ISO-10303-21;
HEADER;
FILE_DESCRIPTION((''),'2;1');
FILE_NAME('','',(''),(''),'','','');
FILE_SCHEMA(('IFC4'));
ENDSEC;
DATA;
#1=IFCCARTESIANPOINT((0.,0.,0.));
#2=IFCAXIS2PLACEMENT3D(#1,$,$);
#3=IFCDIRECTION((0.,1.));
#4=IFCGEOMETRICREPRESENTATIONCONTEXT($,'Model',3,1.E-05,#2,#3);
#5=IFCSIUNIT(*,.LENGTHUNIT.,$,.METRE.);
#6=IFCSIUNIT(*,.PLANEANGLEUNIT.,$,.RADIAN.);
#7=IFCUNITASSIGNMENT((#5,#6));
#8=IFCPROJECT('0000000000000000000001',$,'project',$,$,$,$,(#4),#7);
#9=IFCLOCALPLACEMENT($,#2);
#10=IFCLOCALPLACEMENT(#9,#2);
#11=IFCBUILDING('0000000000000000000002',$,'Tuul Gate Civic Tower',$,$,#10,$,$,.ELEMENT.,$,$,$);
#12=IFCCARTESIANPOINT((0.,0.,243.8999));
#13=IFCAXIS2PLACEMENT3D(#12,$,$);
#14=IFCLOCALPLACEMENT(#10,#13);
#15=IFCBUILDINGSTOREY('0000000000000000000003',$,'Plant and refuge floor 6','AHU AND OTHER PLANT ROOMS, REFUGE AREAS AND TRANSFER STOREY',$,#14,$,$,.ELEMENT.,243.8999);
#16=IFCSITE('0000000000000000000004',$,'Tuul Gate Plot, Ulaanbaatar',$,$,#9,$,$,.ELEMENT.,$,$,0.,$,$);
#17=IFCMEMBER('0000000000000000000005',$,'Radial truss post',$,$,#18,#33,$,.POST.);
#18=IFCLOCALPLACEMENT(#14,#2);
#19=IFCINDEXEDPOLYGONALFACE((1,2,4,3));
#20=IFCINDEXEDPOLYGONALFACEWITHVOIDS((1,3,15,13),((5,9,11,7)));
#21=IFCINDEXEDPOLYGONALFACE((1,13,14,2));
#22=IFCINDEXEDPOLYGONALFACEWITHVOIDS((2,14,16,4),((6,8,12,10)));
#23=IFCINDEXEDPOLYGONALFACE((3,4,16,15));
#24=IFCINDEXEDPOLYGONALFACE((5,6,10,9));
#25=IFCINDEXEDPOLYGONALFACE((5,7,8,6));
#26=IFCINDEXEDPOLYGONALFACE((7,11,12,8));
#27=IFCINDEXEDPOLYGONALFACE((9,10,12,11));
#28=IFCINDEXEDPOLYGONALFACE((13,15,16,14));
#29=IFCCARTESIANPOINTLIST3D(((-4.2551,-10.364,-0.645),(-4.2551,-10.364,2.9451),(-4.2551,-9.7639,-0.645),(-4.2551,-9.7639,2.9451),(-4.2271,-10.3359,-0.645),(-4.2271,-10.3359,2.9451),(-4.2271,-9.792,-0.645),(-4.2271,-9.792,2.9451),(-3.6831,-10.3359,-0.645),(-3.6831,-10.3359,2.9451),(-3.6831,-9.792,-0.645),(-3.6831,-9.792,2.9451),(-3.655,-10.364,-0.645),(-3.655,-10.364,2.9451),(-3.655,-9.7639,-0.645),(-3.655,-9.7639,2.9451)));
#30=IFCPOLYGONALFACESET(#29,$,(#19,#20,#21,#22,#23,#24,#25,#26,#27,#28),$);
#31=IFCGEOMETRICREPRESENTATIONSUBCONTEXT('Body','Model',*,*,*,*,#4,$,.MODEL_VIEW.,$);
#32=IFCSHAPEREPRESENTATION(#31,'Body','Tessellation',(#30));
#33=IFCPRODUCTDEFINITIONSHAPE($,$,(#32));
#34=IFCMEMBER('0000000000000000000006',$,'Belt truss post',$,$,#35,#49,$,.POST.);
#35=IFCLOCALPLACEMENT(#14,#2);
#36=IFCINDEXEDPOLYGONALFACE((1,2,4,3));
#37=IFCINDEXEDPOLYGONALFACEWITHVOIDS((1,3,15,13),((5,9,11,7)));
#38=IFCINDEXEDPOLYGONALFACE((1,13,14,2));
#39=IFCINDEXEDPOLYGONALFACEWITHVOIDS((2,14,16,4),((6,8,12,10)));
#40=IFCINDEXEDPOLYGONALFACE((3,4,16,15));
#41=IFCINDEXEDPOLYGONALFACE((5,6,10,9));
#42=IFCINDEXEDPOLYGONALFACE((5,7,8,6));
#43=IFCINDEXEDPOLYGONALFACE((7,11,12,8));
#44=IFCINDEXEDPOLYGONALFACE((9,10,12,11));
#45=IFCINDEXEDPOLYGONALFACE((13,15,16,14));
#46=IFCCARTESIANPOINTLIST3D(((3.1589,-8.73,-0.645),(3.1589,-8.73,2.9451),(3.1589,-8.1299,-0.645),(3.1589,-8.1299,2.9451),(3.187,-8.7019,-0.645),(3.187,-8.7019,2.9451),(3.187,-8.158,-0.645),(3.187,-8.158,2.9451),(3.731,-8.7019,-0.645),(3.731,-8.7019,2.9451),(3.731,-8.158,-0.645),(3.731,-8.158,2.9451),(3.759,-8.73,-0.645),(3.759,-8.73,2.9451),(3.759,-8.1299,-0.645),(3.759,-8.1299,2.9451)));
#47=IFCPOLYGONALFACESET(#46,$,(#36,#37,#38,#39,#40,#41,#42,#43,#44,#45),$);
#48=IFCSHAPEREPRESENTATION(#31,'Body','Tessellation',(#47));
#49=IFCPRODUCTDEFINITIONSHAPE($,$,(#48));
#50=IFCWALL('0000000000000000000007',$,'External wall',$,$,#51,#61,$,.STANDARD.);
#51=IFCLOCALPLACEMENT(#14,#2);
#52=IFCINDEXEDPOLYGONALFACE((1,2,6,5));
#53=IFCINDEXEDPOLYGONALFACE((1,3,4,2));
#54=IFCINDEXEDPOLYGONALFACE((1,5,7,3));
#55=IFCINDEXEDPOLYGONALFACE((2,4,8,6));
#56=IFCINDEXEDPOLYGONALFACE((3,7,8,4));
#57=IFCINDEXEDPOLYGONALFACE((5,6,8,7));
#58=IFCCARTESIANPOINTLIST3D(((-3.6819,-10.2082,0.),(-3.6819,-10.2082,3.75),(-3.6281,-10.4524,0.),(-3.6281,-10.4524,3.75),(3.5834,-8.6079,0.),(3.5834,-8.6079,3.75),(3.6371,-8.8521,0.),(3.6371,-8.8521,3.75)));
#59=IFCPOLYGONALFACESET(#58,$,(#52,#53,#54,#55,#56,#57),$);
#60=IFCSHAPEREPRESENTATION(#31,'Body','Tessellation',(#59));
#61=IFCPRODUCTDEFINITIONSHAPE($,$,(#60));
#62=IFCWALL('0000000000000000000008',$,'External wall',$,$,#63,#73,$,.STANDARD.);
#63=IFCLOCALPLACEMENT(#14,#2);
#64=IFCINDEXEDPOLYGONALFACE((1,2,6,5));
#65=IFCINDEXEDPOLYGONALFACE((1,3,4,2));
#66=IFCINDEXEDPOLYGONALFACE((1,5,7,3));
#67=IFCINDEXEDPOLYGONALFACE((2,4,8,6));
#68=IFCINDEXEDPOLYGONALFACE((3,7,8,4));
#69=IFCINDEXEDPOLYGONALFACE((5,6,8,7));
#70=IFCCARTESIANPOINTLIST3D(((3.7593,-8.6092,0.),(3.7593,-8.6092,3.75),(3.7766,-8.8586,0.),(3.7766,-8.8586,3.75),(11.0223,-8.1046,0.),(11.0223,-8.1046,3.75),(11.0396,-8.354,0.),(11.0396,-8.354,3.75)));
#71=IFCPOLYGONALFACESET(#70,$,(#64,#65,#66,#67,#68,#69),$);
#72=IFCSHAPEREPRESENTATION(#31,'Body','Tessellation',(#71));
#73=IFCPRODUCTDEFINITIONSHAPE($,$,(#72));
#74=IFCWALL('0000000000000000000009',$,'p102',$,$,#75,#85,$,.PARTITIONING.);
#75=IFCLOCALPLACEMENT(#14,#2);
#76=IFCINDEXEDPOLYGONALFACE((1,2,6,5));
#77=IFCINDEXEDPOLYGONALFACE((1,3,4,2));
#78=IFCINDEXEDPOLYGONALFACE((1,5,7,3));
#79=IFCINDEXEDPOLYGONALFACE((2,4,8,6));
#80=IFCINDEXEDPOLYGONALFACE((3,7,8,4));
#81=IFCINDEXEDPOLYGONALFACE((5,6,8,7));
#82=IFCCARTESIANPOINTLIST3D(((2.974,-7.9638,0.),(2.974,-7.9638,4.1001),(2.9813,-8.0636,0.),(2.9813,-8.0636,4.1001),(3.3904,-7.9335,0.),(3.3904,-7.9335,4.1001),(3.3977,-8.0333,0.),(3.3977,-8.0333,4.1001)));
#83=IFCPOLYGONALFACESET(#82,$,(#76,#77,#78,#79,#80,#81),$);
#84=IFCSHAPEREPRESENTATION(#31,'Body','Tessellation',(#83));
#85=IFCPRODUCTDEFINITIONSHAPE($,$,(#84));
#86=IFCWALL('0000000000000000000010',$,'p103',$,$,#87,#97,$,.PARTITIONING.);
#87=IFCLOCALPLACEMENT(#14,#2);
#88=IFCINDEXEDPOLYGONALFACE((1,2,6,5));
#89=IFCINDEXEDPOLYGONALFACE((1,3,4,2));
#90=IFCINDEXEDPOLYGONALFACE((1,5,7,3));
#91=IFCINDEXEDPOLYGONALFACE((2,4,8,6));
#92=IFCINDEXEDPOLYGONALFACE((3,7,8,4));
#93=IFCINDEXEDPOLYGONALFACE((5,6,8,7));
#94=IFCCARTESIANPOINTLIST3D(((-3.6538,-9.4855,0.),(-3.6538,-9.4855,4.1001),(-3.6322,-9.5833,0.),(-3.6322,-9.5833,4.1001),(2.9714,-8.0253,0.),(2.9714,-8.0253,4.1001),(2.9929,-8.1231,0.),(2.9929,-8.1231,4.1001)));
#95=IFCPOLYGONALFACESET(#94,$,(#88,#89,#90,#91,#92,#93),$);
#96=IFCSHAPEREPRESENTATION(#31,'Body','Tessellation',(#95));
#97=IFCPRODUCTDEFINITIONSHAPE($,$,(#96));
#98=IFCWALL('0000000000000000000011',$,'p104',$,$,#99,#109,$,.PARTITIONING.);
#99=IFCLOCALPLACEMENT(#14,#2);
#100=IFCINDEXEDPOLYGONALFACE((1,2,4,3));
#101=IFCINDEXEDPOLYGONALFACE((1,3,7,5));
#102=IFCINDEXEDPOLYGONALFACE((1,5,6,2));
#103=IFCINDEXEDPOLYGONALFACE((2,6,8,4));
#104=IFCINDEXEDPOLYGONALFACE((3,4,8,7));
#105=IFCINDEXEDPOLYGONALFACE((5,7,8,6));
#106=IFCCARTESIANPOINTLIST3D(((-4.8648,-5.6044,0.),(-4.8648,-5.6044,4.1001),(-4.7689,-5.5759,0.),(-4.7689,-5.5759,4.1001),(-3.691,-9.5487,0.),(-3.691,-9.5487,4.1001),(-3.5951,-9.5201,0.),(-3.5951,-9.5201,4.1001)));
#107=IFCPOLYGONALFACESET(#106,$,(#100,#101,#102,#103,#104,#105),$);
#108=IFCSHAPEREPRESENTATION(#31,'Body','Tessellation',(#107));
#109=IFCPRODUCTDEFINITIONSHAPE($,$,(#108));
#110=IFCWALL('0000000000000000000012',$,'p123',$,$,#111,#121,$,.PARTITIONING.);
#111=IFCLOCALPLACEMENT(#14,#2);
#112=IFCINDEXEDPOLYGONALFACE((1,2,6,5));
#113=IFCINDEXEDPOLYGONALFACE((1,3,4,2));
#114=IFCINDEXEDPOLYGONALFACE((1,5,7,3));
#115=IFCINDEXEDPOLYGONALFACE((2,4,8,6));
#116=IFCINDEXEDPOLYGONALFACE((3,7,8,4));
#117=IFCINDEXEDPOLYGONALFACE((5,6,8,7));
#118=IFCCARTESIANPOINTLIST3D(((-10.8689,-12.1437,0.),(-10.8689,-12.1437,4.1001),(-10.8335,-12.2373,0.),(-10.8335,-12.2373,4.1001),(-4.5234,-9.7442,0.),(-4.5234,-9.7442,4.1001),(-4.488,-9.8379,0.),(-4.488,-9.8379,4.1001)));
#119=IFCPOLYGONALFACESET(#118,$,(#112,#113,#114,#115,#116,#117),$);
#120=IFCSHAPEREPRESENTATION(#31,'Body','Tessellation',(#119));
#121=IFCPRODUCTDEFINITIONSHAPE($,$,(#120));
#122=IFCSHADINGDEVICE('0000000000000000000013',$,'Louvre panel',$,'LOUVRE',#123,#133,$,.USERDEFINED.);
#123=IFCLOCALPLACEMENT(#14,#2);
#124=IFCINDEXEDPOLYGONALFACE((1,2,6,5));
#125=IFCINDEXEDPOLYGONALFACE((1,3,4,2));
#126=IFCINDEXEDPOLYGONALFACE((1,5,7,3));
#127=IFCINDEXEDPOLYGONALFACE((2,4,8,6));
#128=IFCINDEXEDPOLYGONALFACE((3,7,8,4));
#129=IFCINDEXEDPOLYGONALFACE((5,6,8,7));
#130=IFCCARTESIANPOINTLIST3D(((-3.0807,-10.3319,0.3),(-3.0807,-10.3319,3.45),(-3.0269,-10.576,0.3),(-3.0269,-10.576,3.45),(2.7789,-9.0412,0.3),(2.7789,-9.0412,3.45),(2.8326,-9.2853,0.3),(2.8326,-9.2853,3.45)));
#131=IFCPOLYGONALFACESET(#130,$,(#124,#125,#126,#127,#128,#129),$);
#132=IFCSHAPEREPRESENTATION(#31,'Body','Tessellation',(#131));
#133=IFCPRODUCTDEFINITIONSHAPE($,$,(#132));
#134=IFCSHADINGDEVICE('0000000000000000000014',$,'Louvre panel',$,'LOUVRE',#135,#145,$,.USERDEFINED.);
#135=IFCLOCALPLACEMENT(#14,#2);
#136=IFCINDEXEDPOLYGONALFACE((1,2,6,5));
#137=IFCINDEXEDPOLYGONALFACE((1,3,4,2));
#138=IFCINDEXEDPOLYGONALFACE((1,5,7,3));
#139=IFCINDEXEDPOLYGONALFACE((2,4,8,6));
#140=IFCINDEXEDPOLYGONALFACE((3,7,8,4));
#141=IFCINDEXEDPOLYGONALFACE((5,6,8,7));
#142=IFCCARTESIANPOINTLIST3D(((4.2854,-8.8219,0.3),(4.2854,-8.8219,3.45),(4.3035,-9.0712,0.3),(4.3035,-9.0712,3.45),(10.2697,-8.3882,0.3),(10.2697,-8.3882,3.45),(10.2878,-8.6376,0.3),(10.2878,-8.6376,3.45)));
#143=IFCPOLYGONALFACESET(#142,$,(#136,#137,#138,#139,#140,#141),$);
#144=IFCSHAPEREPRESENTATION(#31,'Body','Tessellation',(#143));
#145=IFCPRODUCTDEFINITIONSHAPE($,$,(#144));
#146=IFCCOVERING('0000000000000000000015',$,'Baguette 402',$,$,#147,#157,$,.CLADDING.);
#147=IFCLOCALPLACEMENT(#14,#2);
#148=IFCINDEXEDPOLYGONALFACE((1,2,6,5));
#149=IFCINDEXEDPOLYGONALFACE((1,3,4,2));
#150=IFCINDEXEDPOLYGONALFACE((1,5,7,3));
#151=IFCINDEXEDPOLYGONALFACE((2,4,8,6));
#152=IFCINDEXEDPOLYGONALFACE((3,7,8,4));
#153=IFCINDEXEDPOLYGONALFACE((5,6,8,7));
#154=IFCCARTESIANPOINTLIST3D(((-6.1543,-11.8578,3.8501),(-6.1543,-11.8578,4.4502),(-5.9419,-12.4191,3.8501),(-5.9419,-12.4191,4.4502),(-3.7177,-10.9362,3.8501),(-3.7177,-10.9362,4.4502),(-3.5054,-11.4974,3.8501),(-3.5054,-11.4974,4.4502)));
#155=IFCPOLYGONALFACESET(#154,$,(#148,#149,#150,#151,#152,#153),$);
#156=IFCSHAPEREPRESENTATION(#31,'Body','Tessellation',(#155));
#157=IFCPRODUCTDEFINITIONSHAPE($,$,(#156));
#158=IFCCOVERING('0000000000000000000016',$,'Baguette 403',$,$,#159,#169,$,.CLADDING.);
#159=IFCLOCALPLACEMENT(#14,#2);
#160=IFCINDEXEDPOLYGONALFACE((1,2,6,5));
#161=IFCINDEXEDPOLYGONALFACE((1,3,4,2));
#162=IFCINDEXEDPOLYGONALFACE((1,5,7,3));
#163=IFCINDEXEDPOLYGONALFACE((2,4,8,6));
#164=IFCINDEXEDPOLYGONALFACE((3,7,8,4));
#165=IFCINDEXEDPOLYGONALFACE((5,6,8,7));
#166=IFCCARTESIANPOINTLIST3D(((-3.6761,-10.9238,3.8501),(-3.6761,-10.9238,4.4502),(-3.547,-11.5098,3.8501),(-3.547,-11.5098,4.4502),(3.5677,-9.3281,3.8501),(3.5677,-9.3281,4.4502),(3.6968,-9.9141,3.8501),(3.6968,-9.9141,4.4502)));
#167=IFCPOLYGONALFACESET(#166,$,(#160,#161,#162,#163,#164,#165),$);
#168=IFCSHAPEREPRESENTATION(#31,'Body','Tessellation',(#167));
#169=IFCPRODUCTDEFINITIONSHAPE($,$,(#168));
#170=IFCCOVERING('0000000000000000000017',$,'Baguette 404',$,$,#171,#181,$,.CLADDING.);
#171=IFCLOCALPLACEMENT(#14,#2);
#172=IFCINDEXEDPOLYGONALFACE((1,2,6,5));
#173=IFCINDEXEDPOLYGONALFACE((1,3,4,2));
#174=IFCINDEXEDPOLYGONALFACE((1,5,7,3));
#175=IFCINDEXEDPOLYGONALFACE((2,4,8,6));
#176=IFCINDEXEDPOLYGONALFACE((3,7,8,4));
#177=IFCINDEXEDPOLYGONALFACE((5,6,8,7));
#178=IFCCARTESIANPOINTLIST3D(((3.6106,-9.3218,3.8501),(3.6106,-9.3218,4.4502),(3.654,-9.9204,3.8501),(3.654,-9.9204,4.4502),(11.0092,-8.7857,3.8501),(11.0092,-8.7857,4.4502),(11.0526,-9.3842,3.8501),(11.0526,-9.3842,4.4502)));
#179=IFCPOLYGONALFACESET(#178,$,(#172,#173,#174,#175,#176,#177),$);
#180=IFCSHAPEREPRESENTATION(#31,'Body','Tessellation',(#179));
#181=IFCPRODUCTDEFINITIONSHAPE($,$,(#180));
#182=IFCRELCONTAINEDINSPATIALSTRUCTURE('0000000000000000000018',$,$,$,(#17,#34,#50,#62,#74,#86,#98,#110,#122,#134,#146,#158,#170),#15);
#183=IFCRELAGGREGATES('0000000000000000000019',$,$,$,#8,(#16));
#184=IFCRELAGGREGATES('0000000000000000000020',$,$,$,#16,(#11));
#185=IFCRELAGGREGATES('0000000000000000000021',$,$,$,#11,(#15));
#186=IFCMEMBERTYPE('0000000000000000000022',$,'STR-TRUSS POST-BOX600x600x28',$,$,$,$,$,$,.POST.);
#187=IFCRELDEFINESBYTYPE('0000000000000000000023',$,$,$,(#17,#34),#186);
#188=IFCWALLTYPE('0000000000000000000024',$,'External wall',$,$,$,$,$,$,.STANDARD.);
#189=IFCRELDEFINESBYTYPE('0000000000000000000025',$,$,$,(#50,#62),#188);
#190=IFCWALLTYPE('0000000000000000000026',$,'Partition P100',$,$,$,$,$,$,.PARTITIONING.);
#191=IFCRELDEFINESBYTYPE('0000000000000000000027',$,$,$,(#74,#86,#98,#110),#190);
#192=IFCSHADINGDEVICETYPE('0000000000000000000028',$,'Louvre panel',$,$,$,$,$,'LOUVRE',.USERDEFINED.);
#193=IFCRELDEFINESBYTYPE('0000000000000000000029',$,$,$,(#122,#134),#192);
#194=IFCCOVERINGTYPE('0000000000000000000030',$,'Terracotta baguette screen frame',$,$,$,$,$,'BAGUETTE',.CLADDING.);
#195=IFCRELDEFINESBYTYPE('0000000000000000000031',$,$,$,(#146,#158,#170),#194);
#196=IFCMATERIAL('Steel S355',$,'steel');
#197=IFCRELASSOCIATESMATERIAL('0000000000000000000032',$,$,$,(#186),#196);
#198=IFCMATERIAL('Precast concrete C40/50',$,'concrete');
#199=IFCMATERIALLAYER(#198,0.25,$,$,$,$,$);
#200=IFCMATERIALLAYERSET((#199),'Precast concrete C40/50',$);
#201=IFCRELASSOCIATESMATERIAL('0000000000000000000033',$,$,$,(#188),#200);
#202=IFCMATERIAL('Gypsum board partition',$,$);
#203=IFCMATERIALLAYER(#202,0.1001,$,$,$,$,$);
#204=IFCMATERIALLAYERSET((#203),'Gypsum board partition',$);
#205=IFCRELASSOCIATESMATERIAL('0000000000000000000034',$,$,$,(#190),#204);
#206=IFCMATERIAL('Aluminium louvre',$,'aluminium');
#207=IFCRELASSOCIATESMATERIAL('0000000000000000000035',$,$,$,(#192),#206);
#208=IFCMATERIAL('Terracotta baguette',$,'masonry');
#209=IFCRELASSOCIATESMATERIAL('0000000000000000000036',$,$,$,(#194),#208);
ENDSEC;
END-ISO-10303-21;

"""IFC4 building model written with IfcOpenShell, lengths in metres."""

from ifc_helpers import new_model, si_unit, direction, frame, frame_2d, origin, origin_2d, place, context, subcontext, project, spatial, rectangle, hollow_rectangle, extrude, material, layer, layer_set, material_profile, profile_set, type_object, element, save


model = new_model("IFC4")

# Units and contexts
model_context = context("Model", 3, precision=1e-05, world=origin(), true_north=direction((0.0, 1.0)))
body_context = subcontext(model_context, "Body", "Model", "MODEL_VIEW")
ifc_project = project(units=[si_unit("LENGTHUNIT", "METRE"), si_unit("PLANEANGLEUNIT", "RADIAN")], contexts=[model_context])

# Site, building, storey
site_placement = place(None, origin())
site = spatial("IfcSite", under=ifc_project, at=site_placement, Name="Tuul Gate Plot, Ulaanbaatar", CompositionType="ELEMENT", RefElevation=0.0)
building_placement = place(site_placement, origin())
building = spatial("IfcBuilding", under=site, at=building_placement, Name="Tuul Gate Civic Tower", CompositionType="ELEMENT")
storey_placement = place(building_placement, frame((0.0, 0.0, 243.8999)))
storey = spatial("IfcBuildingStorey", under=building, at=storey_placement, Name="Plant and refuge floor 6", Description="AHU AND OTHER PLANT ROOMS, REFUGE AREAS AND TRANSFER STOREY", CompositionType="ELEMENT", Elevation=243.8999)

# Members
ifc_material_1 = material(Name="Steel S355", Category="steel")
ifc_material_profile_1 = material_profile(ifc_material_1, hollow_rectangle(XDim=0.6001, YDim=0.6001, WallThickness=0.0281, at=origin_2d()), Name="BOX600x600x28")
ifc_profile_set_1 = profile_set([ifc_material_profile_1], Name="Steel S355")
member_type_1 = type_object("IfcMemberType", Name="STR-TRUSS POST-BOX600x600x28", PredefinedType="POST", material=ifc_profile_set_1)
for number, where, z_axis, x_axis, name in (
    (1, (-3.9551, -10.064, -0.645), (0.0, 0.0, 1.0), (1.0, 0.0, 0.0), "Radial truss post"),
    (2, (3.459, -8.4299, -0.645), (0.0, 0.0, 1.0), (1.0, 0.0, 0.0), "Belt truss post"),
):
    element("IfcMember", number, at=place(storey_placement, frame(where, z_axis=z_axis, x_axis=x_axis)), inside=storey, type_object=member_type_1, Name=name, PredefinedType="POST", context=body_context, shape_type="SweptSolid", body=[
        extrude(hollow_rectangle(XDim=0.6001, YDim=0.6001, WallThickness=0.0281, at=origin_2d()), origin(), (0.0, 0.0, 1.0), 3.5901),
    ])

# Walls
ifc_material_2 = material(Name="Precast concrete C40/50", Category="concrete")
ifc_layer_1 = layer(ifc_material_2, 0.25)
ifc_layer_set_1 = layer_set([ifc_layer_1], Name="Precast concrete C40/50")
wall_type_1 = type_object("IfcWallType", Name="External wall", PredefinedType="STANDARD", material=ifc_layer_set_1)
wall_1_placement = place(storey_placement, frame((-3.655, -10.3303, 0.0), z_axis=(0.0, 0.0, 1.0), x_axis=(0.976589, 0.215113, 0.0)))
element("IfcWall", 3, at=wall_1_placement, inside=storey, type_object=wall_type_1, Name="External wall", PredefinedType="STANDARD", context=body_context, shape_type="SweptSolid", body=[
    extrude(rectangle(XDim=7.4395, YDim=0.25, at=frame_2d((3.7197, 0.0))), origin(), (0.0, 0.0, 1.0), 3.75),
])
wall_2_placement = place(storey_placement, frame((3.7681, -8.7339, 0.0), z_axis=(0.0, 0.0, 1.0), x_axis=(0.997595, 0.069314, 0.0)))
element("IfcWall", 4, at=wall_2_placement, inside=storey, type_object=wall_type_1, Name="External wall", PredefinedType="STANDARD", context=body_context, shape_type="SweptSolid", body=[
    extrude(rectangle(XDim=7.2805, YDim=0.25, at=frame_2d((3.6401, 0.0))), origin(), (0.0, 0.0, 1.0), 3.75),
])
ifc_material_3 = material(Name="Gypsum board partition")
ifc_layer_2 = layer(ifc_material_3, 0.1001)
ifc_layer_set_2 = layer_set([ifc_layer_2], Name="Gypsum board partition")
wall_type_2 = type_object("IfcWallType", Name="Partition P100", PredefinedType="PARTITIONING", material=ifc_layer_set_2)
wall_3_placement = place(storey_placement, frame((3.394, -7.9834, 0.0), z_axis=(0.0, 0.0, 1.0), x_axis=(-0.997366, -0.072536, 0.0)))
element("IfcWall", 5, at=wall_3_placement, inside=storey, type_object=wall_type_2, Name="p102", PredefinedType="PARTITIONING", context=body_context, shape_type="SweptSolid", body=[
    extrude(rectangle(XDim=0.4175, YDim=0.1001, at=frame_2d((0.2087, 0.0))), origin(), (0.0, 0.0, 1.0), 4.1001),
])
wall_4_placement = place(storey_placement, frame((2.9822, -8.0742, 0.0), z_axis=(0.0, 0.0, 1.0), x_axis=(-0.976562, -0.215235, 0.0)))
element("IfcWall", 6, at=wall_4_placement, inside=storey, type_object=wall_type_2, Name="p103", PredefinedType="PARTITIONING", context=body_context, shape_type="SweptSolid", body=[
    extrude(rectangle(XDim=6.7842, YDim=0.1001, at=frame_2d((3.3921, 0.0))), origin(), (0.0, 0.0, 1.0), 4.1001),
])
wall_5_placement = place(storey_placement, frame((-3.6431, -9.5344, 0.0), z_axis=(0.0, 0.0, 1.0), x_axis=(-0.285235, 0.958457, 0.0)))
element("IfcWall", 7, at=wall_5_placement, inside=storey, type_object=wall_type_2, Name="p104", PredefinedType="PARTITIONING", context=body_context, shape_type="SweptSolid", body=[
    extrude(rectangle(XDim=4.1152, YDim=0.1001, at=frame_2d((2.0576, 0.0))), origin(), (0.0, 0.0, 1.0), 4.1001),
])
wall_6_placement = place(storey_placement, frame((-4.5056, -9.791, 0.0), z_axis=(0.0, 0.0, 1.0), x_axis=(-0.935363, -0.35369, 0.0)))
element("IfcWall", 8, at=wall_6_placement, inside=storey, type_object=wall_type_2, Name="p123", PredefinedType="PARTITIONING", context=body_context, shape_type="SweptSolid", body=[
    extrude(rectangle(XDim=6.7839, YDim=0.1001, at=frame_2d((3.3921, 0.0))), origin(), (0.0, 0.0, 1.0), 4.1001),
])

# Shading devices
ifc_material_4 = material(Name="Aluminium louvre", Category="aluminium")
shading_device_type = type_object("IfcShadingDeviceType", Name="Louvre panel", ElementType="LOUVRE", PredefinedType="USERDEFINED", material=ifc_material_4)
for number, where, z_axis, x_axis, name in (
    (9, (-0.124, -9.8086, 0.3), (0.0, 0.0, 1.0), (0.215115, -0.976589, 0.0), "Louvre panel"),
    (10, (7.2866, -8.7297, 0.3), (0.0, 0.0, 1.0), (0.072276, -0.997385, 0.0), "Louvre panel"),
):
    element("IfcShadingDevice", number, at=place(storey_placement, frame(where, z_axis=z_axis, x_axis=x_axis)), inside=storey, type_object=shading_device_type, Name=name, ObjectType="LOUVRE", PredefinedType="USERDEFINED", context=body_context, shape_type="SweptSolid", body=[
        extrude(rectangle(XDim=0.25, YDim=6.0, at=origin_2d()), origin(), (0.0, 0.0, 1.0), 3.1499),
    ])

# Coverings
ifc_material_5 = material(Name="Terracotta baguette", Category="masonry")
ifc_material_profile_2 = material_profile(ifc_material_5, rectangle(XDim=0.6001, YDim=0.6001, at=origin_2d()), Name="Terracotta baguette screen frame")
ifc_profile_set_2 = profile_set([ifc_material_profile_2], Name="Terracotta baguette")
covering_type = type_object("IfcCoveringType", Name="Terracotta baguette screen frame", ElementType="BAGUETTE", PredefinedType="CLADDING", material=ifc_profile_set_2)
covering_1_placement = place(storey_placement, frame((-6.0481, -12.1384, 4.1501), z_axis=(0.935324, 0.353792, 0.0), x_axis=(-0.353792, 0.935324, 0.0)))
element("IfcCovering", 11, at=covering_1_placement, inside=storey, type_object=covering_type, Name="Baguette 402", PredefinedType="CLADDING", context=body_context, shape_type="SweptSolid", body=[
    extrude(rectangle(XDim=0.6001, YDim=0.6001, at=origin_2d()), origin(), (0.0, 0.0, 1.0), 2.605),
])
covering_2_placement = place(storey_placement, frame((-3.6116, -11.2168, 4.1501), z_axis=(0.976587, 0.215125, 0.0), x_axis=(-0.215125, 0.976587, 0.0)))
element("IfcCovering", 12, at=covering_2_placement, inside=storey, type_object=covering_type, Name="Baguette 403", PredefinedType="CLADDING", context=body_context, shape_type="SweptSolid", body=[
    extrude(rectangle(XDim=0.6001, YDim=0.6001, at=origin_2d()), origin(), (0.0, 0.0, 1.0), 7.4175),
])
covering_3_placement = place(storey_placement, frame((3.6323, -9.6211, 4.1501), z_axis=(0.997385, 0.072274, 0.0), x_axis=(-0.072274, 0.997385, 0.0)))
element("IfcCovering", 13, at=covering_3_placement, inside=storey, type_object=covering_type, Name="Baguette 404", PredefinedType="CLADDING", context=body_context, shape_type="SweptSolid", body=[
    extrude(rectangle(XDim=0.6001, YDim=0.6001, at=origin_2d()), origin(), (0.0, 0.0, 1.0), 7.418),
])

save(model, "model.ifc")
